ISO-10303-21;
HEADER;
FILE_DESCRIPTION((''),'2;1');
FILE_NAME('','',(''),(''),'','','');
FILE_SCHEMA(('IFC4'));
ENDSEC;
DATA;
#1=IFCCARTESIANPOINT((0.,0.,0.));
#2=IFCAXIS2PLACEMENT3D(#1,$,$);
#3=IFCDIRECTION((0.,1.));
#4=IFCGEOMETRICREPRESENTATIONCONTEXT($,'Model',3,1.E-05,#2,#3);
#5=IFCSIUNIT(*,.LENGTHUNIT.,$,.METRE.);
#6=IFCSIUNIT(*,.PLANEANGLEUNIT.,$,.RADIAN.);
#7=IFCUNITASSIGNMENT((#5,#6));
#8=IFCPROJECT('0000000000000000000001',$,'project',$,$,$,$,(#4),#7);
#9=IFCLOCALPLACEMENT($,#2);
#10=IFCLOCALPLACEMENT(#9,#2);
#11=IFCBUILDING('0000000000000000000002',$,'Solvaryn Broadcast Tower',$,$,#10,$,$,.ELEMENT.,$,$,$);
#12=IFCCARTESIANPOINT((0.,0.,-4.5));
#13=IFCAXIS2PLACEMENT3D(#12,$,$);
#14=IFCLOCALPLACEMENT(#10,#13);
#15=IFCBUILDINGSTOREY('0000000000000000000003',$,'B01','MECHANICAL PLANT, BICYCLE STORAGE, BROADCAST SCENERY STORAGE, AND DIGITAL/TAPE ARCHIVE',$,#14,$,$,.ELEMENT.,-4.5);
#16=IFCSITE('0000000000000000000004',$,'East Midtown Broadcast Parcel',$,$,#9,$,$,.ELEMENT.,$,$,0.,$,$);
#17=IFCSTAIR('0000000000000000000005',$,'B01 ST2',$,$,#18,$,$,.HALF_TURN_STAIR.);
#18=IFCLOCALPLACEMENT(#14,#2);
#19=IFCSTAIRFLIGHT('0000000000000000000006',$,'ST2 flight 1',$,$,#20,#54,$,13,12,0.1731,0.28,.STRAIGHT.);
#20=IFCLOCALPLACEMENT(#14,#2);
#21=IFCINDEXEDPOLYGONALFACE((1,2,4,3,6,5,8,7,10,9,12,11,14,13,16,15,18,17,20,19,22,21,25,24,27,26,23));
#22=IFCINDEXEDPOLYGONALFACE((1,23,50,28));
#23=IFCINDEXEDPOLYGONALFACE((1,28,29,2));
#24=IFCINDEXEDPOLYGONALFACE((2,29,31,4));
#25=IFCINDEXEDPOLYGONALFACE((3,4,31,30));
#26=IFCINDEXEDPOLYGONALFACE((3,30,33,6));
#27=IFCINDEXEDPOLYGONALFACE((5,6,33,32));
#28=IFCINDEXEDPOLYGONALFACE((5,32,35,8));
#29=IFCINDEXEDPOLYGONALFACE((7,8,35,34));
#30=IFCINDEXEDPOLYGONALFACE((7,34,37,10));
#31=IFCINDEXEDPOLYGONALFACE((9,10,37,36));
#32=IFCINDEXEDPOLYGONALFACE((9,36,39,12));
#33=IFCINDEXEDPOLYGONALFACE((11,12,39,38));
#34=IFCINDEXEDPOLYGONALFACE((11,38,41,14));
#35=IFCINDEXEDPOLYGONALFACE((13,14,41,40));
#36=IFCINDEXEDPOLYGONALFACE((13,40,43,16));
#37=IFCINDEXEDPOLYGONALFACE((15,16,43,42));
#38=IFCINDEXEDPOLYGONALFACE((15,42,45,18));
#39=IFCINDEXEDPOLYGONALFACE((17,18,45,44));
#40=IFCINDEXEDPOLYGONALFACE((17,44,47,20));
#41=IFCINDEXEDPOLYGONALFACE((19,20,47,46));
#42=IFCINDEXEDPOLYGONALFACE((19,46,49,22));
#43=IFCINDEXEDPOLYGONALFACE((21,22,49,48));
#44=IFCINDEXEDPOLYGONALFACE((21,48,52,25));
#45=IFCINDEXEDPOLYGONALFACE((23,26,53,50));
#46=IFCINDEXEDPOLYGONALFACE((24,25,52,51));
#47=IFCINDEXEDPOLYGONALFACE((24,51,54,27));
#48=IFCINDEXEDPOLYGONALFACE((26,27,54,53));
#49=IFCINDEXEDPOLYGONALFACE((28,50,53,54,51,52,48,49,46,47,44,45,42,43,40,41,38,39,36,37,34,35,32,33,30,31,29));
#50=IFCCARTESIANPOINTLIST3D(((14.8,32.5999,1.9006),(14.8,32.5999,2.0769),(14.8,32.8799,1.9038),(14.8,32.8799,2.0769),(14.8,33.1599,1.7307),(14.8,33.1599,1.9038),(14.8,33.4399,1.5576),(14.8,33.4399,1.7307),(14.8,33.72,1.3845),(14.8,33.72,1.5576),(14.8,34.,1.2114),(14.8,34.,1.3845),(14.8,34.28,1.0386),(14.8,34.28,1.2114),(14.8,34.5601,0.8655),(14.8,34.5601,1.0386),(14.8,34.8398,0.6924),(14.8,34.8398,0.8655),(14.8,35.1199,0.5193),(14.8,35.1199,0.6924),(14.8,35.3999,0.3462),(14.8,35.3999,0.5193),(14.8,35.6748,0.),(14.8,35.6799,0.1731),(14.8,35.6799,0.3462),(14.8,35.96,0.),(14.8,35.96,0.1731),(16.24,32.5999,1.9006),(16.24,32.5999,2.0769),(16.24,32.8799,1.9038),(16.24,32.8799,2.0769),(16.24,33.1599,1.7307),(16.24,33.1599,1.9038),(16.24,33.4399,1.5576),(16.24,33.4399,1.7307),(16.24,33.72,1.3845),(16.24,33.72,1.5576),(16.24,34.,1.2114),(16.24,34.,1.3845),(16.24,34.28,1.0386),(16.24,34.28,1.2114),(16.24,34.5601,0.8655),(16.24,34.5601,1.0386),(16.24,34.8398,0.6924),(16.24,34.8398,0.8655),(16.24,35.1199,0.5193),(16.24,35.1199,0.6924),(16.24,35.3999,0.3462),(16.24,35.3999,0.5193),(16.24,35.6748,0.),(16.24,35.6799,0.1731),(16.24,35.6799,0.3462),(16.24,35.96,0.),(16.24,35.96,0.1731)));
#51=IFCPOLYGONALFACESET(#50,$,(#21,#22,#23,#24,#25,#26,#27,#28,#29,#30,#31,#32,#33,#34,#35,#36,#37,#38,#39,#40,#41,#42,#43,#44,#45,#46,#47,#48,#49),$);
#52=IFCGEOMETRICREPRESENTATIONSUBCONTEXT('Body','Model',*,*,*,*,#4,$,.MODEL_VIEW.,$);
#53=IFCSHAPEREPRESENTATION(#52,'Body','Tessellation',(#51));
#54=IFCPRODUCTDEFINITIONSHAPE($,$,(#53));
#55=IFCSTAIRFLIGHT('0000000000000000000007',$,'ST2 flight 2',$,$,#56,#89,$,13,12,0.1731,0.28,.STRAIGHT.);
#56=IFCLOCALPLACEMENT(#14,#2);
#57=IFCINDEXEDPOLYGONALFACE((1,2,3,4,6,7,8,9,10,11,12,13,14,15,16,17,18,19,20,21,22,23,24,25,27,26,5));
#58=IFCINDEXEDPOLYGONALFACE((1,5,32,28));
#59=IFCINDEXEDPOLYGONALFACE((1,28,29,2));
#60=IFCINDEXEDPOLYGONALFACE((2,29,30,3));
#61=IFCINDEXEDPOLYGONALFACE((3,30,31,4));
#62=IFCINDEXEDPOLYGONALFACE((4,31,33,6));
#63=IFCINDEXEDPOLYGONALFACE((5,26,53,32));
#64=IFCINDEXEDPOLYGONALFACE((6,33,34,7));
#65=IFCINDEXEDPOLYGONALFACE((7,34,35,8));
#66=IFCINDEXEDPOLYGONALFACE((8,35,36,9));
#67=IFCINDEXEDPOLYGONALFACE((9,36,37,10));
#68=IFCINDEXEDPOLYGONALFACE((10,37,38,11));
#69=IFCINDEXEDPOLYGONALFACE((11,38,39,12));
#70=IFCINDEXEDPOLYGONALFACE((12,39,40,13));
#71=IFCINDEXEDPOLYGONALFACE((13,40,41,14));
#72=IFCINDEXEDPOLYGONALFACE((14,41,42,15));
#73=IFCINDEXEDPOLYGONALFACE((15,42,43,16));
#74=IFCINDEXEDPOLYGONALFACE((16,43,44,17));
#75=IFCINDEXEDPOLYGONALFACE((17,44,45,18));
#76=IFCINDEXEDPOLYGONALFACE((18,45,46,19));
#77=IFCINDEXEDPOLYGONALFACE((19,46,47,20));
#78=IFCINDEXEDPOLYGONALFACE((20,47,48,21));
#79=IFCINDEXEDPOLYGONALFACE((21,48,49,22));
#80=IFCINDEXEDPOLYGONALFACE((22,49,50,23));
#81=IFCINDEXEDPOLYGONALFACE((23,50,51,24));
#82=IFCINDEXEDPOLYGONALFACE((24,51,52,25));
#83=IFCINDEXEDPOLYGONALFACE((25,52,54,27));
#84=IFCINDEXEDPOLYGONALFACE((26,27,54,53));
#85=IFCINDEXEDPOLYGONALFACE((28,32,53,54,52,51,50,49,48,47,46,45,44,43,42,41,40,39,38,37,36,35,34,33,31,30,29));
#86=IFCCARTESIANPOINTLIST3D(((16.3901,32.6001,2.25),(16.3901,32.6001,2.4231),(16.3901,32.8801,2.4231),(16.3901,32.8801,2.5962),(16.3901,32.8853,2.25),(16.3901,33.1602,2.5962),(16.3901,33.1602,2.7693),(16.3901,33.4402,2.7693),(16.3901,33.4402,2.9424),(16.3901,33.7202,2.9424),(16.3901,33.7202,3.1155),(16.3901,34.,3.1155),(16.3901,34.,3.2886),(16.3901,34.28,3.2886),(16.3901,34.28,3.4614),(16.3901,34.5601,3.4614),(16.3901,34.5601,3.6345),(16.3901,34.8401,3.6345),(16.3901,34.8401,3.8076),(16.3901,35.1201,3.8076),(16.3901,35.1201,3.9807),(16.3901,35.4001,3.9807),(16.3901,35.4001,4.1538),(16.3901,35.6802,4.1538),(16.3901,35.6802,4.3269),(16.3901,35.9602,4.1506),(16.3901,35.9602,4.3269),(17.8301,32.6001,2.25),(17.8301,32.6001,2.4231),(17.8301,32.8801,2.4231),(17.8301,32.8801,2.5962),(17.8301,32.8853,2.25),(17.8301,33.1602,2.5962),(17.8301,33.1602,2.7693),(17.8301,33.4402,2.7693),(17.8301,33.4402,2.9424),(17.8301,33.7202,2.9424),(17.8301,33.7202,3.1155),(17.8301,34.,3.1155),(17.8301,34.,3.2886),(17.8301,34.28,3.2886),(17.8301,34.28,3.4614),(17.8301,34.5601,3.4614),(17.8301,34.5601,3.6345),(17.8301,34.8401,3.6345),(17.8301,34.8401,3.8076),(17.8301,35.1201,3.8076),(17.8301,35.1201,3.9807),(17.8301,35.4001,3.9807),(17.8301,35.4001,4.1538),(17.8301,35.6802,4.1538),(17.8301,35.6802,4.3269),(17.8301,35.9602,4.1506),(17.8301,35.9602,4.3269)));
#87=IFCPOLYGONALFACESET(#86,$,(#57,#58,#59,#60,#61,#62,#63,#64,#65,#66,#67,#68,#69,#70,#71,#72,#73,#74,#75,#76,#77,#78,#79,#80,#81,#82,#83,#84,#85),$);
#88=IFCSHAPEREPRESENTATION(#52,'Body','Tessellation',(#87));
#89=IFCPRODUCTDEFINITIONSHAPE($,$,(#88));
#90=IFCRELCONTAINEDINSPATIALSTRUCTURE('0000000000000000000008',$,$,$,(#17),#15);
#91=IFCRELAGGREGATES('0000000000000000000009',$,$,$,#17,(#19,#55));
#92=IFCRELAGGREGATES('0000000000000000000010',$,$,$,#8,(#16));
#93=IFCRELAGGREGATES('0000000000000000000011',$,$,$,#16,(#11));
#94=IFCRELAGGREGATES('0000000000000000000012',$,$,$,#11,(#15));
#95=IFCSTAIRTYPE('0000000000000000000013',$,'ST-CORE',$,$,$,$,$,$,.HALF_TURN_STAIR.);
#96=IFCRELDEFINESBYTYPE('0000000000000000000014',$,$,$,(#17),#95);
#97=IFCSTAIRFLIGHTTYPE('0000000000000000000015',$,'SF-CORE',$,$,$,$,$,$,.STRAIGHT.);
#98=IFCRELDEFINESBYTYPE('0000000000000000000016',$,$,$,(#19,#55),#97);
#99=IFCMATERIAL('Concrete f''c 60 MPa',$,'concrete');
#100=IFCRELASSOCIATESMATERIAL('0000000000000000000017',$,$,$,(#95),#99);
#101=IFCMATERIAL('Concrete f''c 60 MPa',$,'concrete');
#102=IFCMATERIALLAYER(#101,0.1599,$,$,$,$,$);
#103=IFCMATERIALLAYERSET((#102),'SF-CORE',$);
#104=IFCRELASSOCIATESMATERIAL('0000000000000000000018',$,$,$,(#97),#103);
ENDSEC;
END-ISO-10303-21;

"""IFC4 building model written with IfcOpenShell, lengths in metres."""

from ifc_helpers import new_model, si_unit, direction, frame, origin, place, context, subcontext, project, spatial, polyline, outline, extrude, material, layer, layer_set, type_object, element, aggregate, save


model = new_model("IFC4")

# Units and contexts
model_context = context("Model", 3, precision=1e-05, world=origin(), true_north=direction((0.0, 1.0)))
body_context = subcontext(model_context, "Body", "Model", "MODEL_VIEW")
ifc_project = project(units=[si_unit("LENGTHUNIT", "METRE"), si_unit("PLANEANGLEUNIT", "RADIAN")], contexts=[model_context])

# Site, building, storey
site_placement = place(None, origin())
site = spatial("IfcSite", under=ifc_project, at=site_placement, Name="East Midtown Broadcast Parcel", CompositionType="ELEMENT", RefElevation=0.0)
building_placement = place(site_placement, origin())
building = spatial("IfcBuilding", under=site, at=building_placement, Name="Solvaryn Broadcast Tower", CompositionType="ELEMENT")
storey_placement = place(building_placement, frame((0.0, 0.0, -4.5)))
storey = spatial("IfcBuildingStorey", under=building, at=storey_placement, Name="B01", Description="MECHANICAL PLANT, BICYCLE STORAGE, BROADCAST SCENERY STORAGE, AND DIGITAL/TAPE ARCHIVE", CompositionType="ELEMENT", Elevation=-4.5)

# Stair, stair flights
ifc_material_1 = material(Name="Concrete f'c 60 MPa", Category="concrete")
stair_type = type_object("IfcStairType", Name="ST-CORE", PredefinedType="HALF_TURN_STAIR", material=ifc_material_1)
stair_placement = place(storey_placement, origin())
stair = element("IfcStair", 1, at=stair_placement, inside=storey, type_object=stair_type, Name="B01 ST2", PredefinedType="HALF_TURN_STAIR")
ifc_material_2 = material(Name="Concrete f'c 60 MPa", Category="concrete")
ifc_layer_1 = layer(ifc_material_2, 0.1599)
ifc_layer_set_1 = layer_set([ifc_layer_1], Name="SF-CORE")
stair_flight_type = type_object("IfcStairFlightType", Name="SF-CORE", PredefinedType="STRAIGHT", material=ifc_layer_set_1)
stair_flight_1_placement = place(storey_placement, frame((15.52, 35.96, 0.0), z_axis=(0.0, 0.0, 1.0), x_axis=(0.0, -1.0, 0.0)))
stair_flight_1 = element("IfcStairFlight", 2, at=stair_flight_1_placement, type_object=stair_flight_type, Name="ST2 flight 1", NumberOfRisers=13, NumberOfTreads=12, PredefinedType="STRAIGHT", RiserHeight=0.1731, TreadLength=0.28, context=body_context, shape_type="SweptSolid", body=[
    extrude(outline(polyline([(0.0, 0.0), (0.0, 0.1731), (0.28, 0.1731), (0.28, 0.3462), (0.5601, 0.3462), (0.5601, 0.5193), (0.8401, 0.5193), (0.8401, 0.6924), (1.1201, 0.6924), (1.1201, 0.8655), (1.3999, 0.8655), (1.3999, 1.0386), (1.6799, 1.0386), (1.6799, 1.2114), (1.96, 1.2114), (1.96, 1.3845), (2.24, 1.3845), (2.24, 1.5576), (2.52, 1.5576), (2.52, 1.7307), (2.8, 1.7307), (2.8, 1.9038), (3.0801, 1.9038), (3.0801, 2.0769), (3.3601, 2.0769), (3.3601, 2.25), (3.3601, 1.9006), (0.2852, 0.0), (0.0, 0.0)])), frame((0.0, 0.72, 0.0), z_axis=(0.0, -1.0, 0.0), x_axis=(1.0, 0.0, 0.0)), (0.0, 0.0, 1.0), 1.4399),
])
stair_flight_2_placement = place(storey_placement, frame((17.1101, 32.6001, 2.25), z_axis=(0.0, 0.0, 1.0), x_axis=(0.0, 1.0, 0.0)))
stair_flight_2 = element("IfcStairFlight", 3, at=stair_flight_2_placement, type_object=stair_flight_type, Name="ST2 flight 2", NumberOfRisers=13, NumberOfTreads=12, PredefinedType="STRAIGHT", RiserHeight=0.1731, TreadLength=0.28, context=body_context, shape_type="SweptSolid", body=[
    extrude(outline(polyline([(0.0, 0.0), (0.0, 0.1731), (0.28, 0.1731), (0.28, 0.3462), (0.5601, 0.3462), (0.5601, 0.5193), (0.8401, 0.5193), (0.8401, 0.6924), (1.1201, 0.6924), (1.1201, 0.8655), (1.3999, 0.8655), (1.3999, 1.0386), (1.6799, 1.0386), (1.6799, 1.2114), (1.96, 1.2114), (1.96, 1.3845), (2.24, 1.3845), (2.24, 1.5576), (2.52, 1.5576), (2.52, 1.7307), (2.8, 1.7307), (2.8, 1.9038), (3.0801, 1.9038), (3.0801, 2.0769), (3.3601, 2.0769), (3.3601, 2.25), (3.3601, 1.9006), (0.2852, 0.0), (0.0, 0.0)])), frame((0.0, 0.72, 0.0), z_axis=(0.0, -1.0, 0.0), x_axis=(1.0, 0.0, 0.0)), (0.0, 0.0, 1.0), 1.4399),
])
aggregate(stair, [stair_flight_1, stair_flight_2])

save(model, "model.ifc")
